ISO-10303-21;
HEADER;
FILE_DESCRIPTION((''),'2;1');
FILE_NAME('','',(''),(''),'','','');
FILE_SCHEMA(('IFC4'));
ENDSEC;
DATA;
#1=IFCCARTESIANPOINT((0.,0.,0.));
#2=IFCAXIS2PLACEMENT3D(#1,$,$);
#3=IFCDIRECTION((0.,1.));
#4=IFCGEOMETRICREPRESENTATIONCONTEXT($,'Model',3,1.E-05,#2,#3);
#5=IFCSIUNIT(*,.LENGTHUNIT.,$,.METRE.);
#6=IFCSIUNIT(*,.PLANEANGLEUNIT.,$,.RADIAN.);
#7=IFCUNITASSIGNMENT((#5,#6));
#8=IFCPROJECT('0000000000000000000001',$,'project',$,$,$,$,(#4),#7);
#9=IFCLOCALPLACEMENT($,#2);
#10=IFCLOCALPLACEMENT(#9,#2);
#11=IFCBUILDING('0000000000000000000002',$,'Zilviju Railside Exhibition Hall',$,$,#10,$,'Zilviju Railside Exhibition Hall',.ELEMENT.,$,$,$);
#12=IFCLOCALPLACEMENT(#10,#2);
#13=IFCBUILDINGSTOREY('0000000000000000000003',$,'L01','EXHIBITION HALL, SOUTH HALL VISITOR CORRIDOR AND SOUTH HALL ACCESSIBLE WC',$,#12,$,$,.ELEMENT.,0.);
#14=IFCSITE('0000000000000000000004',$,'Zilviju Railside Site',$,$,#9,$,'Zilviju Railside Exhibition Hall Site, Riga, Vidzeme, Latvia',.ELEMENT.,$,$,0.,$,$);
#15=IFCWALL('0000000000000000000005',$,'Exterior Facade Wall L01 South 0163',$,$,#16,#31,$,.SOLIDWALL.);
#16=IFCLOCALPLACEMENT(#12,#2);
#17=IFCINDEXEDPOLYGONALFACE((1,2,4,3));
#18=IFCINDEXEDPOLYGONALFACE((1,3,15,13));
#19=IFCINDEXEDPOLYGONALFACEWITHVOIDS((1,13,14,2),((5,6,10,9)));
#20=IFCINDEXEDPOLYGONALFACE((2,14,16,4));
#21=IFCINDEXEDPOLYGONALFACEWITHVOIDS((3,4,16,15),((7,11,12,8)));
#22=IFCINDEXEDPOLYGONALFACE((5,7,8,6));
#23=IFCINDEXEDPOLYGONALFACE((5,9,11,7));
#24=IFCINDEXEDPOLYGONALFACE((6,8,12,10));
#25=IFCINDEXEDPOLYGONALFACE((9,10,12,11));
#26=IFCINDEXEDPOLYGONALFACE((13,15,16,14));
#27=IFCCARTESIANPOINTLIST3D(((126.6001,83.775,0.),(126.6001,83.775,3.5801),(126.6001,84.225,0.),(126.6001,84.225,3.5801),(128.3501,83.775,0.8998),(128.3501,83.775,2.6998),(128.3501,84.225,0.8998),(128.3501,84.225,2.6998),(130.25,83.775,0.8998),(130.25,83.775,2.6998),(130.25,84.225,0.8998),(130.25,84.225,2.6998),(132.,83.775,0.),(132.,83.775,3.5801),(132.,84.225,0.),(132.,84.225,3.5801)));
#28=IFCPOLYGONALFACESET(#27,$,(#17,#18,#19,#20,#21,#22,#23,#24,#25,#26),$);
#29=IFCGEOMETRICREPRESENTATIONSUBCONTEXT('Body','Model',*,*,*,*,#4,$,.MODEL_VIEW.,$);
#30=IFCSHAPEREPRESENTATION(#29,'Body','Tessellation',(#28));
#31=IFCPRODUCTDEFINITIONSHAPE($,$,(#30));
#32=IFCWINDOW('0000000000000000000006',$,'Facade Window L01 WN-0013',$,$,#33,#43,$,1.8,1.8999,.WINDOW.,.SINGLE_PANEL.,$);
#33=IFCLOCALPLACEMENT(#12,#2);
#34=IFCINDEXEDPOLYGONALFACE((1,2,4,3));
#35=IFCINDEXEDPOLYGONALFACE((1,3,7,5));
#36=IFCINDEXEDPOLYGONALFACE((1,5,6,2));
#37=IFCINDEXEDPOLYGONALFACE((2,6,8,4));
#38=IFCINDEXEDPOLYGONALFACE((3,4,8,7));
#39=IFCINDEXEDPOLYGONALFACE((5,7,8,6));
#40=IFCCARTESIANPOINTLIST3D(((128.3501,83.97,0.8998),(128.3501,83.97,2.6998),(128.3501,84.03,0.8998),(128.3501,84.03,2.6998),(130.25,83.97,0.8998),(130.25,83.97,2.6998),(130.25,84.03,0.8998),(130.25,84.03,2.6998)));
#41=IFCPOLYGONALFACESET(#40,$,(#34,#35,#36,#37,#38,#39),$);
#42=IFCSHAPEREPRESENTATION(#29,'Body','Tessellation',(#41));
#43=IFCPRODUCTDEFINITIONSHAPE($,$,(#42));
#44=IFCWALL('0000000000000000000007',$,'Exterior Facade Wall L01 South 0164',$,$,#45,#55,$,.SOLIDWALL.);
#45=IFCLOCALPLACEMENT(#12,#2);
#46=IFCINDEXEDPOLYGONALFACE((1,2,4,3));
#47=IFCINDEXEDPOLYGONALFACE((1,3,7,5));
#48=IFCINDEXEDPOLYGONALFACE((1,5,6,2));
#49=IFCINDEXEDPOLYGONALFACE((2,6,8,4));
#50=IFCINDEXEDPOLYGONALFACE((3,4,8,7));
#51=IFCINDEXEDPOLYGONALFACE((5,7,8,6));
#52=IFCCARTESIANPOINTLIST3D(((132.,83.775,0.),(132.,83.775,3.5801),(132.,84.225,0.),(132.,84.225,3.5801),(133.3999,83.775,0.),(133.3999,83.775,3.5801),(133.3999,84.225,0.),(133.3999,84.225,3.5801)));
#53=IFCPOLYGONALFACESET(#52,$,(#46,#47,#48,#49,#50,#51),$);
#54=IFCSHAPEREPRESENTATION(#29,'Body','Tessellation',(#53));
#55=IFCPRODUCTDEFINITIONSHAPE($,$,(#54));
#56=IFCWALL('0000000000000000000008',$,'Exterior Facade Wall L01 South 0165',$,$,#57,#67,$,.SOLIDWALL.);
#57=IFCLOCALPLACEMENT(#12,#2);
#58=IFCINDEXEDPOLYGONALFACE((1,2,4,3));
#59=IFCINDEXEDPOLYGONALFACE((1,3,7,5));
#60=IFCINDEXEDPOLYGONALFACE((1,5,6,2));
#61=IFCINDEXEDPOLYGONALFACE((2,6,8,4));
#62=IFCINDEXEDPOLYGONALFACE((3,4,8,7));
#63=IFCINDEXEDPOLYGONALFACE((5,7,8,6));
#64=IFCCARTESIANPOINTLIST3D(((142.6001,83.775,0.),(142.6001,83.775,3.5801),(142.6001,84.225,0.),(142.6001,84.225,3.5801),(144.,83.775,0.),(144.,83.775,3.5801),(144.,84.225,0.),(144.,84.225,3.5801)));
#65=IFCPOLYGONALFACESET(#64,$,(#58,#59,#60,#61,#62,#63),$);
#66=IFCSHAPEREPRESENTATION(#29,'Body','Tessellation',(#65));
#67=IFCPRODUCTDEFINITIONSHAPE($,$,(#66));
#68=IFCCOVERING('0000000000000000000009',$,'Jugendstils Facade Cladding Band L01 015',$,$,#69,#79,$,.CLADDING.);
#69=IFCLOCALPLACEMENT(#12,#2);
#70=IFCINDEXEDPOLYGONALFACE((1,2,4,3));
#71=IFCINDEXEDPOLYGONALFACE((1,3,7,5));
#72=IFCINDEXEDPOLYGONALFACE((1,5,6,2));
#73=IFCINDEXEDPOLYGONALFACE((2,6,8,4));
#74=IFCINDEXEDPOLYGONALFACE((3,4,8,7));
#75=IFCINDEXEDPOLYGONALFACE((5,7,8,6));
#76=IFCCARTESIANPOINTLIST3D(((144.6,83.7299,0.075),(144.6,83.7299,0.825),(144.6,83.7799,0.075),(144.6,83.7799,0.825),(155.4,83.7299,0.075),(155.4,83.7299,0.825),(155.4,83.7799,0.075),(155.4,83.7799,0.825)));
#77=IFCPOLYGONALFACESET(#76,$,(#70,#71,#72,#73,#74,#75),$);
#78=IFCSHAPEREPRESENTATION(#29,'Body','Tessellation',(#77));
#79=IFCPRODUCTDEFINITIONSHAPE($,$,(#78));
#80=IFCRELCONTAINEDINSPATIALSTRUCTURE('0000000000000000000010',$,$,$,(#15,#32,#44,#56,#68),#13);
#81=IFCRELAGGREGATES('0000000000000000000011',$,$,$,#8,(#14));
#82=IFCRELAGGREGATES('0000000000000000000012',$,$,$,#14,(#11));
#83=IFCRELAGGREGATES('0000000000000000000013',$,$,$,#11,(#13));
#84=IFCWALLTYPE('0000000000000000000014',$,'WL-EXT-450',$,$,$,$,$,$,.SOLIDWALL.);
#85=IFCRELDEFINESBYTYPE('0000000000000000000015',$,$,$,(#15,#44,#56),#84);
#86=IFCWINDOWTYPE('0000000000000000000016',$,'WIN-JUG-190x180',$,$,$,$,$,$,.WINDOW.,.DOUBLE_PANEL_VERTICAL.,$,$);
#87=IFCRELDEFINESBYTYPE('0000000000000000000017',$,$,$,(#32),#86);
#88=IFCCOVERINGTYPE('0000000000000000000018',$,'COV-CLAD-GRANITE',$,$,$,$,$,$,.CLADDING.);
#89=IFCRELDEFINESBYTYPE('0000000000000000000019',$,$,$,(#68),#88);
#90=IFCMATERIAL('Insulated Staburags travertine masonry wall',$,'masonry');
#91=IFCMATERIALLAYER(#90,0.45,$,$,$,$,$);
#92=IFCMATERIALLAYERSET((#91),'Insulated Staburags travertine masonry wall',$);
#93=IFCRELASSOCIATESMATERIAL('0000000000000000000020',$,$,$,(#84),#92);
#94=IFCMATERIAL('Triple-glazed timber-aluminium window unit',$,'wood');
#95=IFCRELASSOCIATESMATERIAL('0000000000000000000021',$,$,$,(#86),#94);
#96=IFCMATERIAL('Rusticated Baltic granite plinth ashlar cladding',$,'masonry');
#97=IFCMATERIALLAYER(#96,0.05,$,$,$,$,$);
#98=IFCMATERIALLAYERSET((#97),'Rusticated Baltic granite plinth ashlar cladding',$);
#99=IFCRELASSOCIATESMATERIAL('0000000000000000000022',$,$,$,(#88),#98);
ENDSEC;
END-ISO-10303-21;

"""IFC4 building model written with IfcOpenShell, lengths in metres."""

from ifc_helpers import new_model, si_unit, direction, frame, frame_2d, origin, origin_2d, place, context, subcontext, project, spatial, rectangle, extrude, material, layer, layer_set, type_object, element, fill, save


model = new_model("IFC4")

# Units and contexts
model_context = context("Model", 3, precision=1e-05, world=origin(), true_north=direction((0.0, 1.0)))
body_context = subcontext(model_context, "Body", "Model", "MODEL_VIEW")
ifc_project = project(units=[si_unit("LENGTHUNIT", "METRE"), si_unit("PLANEANGLEUNIT", "RADIAN")], contexts=[model_context])

# Site, building, storey
site_placement = place(None, origin())
site = spatial("IfcSite", under=ifc_project, at=site_placement, Name="Zilviju Railside Site", LongName="Zilviju Railside Exhibition Hall Site, Riga, Vidzeme, Latvia", CompositionType="ELEMENT", RefElevation=0.0)
building_placement = place(site_placement, origin())
building = spatial("IfcBuilding", under=site, at=building_placement, Name="Zilviju Railside Exhibition Hall", LongName="Zilviju Railside Exhibition Hall", CompositionType="ELEMENT")
storey_placement = place(building_placement, origin())
storey = spatial("IfcBuildingStorey", under=building, at=storey_placement, Name="L01", Description="EXHIBITION HALL, SOUTH HALL VISITOR CORRIDOR AND SOUTH HALL ACCESSIBLE WC", CompositionType="ELEMENT", Elevation=0.0)

# Wall, opening, window
ifc_material_1 = material(Name="Insulated Staburags travertine masonry wall", Category="masonry")
ifc_layer_1 = layer(ifc_material_1, 0.45)
ifc_layer_set_1 = layer_set([ifc_layer_1], Name="Insulated Staburags travertine masonry wall")
wall_type_1 = type_object("IfcWallType", Name="WL-EXT-450", PredefinedType="SOLIDWALL", material=ifc_layer_set_1)
wall_1_placement = place(storey_placement, frame((132.0, 84.0, 0.0), z_axis=(0.0, 0.0, 1.0), x_axis=(-1.0, 0.0, 0.0)))
wall_1 = element("IfcWall", 1, at=wall_1_placement, inside=storey, type_object=wall_type_1, Name="Exterior Facade Wall L01 South 0163", PredefinedType="SOLIDWALL", context=body_context, shape_type="SweptSolid", body=[
    extrude(rectangle(XDim=5.3999, YDim=0.45, at=frame_2d((2.7, 0.0))), origin(), (0.0, 0.0, 1.0), 3.5801),
])
opening_1_placement = place(wall_1_placement, frame((1.75, 0.0, 0.8999)))
opening_1 = element("IfcOpeningElement", 2, at=opening_1_placement, cuts=wall_1, PredefinedType="OPENING", context=body_context, shape_type="SweptSolid", body=[
    extrude(rectangle(XDim=1.8999, YDim=1.8, at=frame_2d((0.95, 0.8999))), frame((0.0, 0.2349, 0.0), z_axis=(0.0, -1.0, 0.0), x_axis=(1.0, 0.0, 0.0)), (0.0, 0.0, 1.0), 0.47),
])
ifc_material_2 = material(Name="Triple-glazed timber-aluminium window unit", Category="wood")
window_type = type_object("IfcWindowType", Name="WIN-JUG-190x180", PartitioningType="DOUBLE_PANEL_VERTICAL", PredefinedType="WINDOW", material=ifc_material_2)
window_placement = place(opening_1_placement, origin())
window = element("IfcWindow", 3, at=window_placement, inside=storey, type_object=window_type, Name="Facade Window L01 WN-0013", OverallHeight=1.8, OverallWidth=1.8999, PartitioningType="SINGLE_PANEL", PredefinedType="WINDOW", context=body_context, shape_type="SweptSolid", body=[
    extrude(rectangle(XDim=1.8999, YDim=1.8, at=frame_2d((0.95, 0.8999))), frame((0.0, 0.03, 0.0), z_axis=(0.0, -1.0, 0.0), x_axis=(1.0, 0.0, 0.0)), (0.0, 0.0, 1.0), 0.0601),
])
fill(opening_1, window)

# Walls
for number, where, z_axis, x_axis, name in (
    (4, (133.3999, 84.0, 0.0), (0.0, 0.0, 1.0), (-1.0, 0.0, 0.0), "Exterior Facade Wall L01 South 0164"),
    (5, (144.0, 84.0, 0.0), (0.0, 0.0, 1.0), (-1.0, 0.0, 0.0), "Exterior Facade Wall L01 South 0165"),
):
    element("IfcWall", number, at=place(storey_placement, frame(where, z_axis=z_axis, x_axis=x_axis)), inside=storey, type_object=wall_type_1, Name=name, PredefinedType="SOLIDWALL", context=body_context, shape_type="SweptSolid", body=[
        extrude(rectangle(XDim=1.3999, YDim=0.45, at=frame_2d((0.7, 0.0))), origin(), (0.0, 0.0, 1.0), 3.5801),
    ])

# Covering
ifc_material_3 = material(Name="Rusticated Baltic granite plinth ashlar cladding", Category="masonry")
ifc_layer_2 = layer(ifc_material_3, 0.05)
ifc_layer_set_2 = layer_set([ifc_layer_2], Name="Rusticated Baltic granite plinth ashlar cladding")
covering_type = type_object("IfcCoveringType", Name="COV-CLAD-GRANITE", PredefinedType="CLADDING", material=ifc_layer_set_2)
covering_placement = place(storey_placement, frame((150.0, 83.7549, 0.075), z_axis=(0.0, 0.0, 1.0), x_axis=(-1.0, 0.0, 0.0)))
element("IfcCovering", 6, at=covering_placement, inside=storey, type_object=covering_type, Name="Jugendstils Facade Cladding Band L01 015", PredefinedType="CLADDING", context=body_context, shape_type="SweptSolid", body=[
    extrude(rectangle(XDim=10.8, YDim=0.05, at=origin_2d()), origin(), (0.0, 0.0, 1.0), 0.75),
])

save(model, "model.ifc")
